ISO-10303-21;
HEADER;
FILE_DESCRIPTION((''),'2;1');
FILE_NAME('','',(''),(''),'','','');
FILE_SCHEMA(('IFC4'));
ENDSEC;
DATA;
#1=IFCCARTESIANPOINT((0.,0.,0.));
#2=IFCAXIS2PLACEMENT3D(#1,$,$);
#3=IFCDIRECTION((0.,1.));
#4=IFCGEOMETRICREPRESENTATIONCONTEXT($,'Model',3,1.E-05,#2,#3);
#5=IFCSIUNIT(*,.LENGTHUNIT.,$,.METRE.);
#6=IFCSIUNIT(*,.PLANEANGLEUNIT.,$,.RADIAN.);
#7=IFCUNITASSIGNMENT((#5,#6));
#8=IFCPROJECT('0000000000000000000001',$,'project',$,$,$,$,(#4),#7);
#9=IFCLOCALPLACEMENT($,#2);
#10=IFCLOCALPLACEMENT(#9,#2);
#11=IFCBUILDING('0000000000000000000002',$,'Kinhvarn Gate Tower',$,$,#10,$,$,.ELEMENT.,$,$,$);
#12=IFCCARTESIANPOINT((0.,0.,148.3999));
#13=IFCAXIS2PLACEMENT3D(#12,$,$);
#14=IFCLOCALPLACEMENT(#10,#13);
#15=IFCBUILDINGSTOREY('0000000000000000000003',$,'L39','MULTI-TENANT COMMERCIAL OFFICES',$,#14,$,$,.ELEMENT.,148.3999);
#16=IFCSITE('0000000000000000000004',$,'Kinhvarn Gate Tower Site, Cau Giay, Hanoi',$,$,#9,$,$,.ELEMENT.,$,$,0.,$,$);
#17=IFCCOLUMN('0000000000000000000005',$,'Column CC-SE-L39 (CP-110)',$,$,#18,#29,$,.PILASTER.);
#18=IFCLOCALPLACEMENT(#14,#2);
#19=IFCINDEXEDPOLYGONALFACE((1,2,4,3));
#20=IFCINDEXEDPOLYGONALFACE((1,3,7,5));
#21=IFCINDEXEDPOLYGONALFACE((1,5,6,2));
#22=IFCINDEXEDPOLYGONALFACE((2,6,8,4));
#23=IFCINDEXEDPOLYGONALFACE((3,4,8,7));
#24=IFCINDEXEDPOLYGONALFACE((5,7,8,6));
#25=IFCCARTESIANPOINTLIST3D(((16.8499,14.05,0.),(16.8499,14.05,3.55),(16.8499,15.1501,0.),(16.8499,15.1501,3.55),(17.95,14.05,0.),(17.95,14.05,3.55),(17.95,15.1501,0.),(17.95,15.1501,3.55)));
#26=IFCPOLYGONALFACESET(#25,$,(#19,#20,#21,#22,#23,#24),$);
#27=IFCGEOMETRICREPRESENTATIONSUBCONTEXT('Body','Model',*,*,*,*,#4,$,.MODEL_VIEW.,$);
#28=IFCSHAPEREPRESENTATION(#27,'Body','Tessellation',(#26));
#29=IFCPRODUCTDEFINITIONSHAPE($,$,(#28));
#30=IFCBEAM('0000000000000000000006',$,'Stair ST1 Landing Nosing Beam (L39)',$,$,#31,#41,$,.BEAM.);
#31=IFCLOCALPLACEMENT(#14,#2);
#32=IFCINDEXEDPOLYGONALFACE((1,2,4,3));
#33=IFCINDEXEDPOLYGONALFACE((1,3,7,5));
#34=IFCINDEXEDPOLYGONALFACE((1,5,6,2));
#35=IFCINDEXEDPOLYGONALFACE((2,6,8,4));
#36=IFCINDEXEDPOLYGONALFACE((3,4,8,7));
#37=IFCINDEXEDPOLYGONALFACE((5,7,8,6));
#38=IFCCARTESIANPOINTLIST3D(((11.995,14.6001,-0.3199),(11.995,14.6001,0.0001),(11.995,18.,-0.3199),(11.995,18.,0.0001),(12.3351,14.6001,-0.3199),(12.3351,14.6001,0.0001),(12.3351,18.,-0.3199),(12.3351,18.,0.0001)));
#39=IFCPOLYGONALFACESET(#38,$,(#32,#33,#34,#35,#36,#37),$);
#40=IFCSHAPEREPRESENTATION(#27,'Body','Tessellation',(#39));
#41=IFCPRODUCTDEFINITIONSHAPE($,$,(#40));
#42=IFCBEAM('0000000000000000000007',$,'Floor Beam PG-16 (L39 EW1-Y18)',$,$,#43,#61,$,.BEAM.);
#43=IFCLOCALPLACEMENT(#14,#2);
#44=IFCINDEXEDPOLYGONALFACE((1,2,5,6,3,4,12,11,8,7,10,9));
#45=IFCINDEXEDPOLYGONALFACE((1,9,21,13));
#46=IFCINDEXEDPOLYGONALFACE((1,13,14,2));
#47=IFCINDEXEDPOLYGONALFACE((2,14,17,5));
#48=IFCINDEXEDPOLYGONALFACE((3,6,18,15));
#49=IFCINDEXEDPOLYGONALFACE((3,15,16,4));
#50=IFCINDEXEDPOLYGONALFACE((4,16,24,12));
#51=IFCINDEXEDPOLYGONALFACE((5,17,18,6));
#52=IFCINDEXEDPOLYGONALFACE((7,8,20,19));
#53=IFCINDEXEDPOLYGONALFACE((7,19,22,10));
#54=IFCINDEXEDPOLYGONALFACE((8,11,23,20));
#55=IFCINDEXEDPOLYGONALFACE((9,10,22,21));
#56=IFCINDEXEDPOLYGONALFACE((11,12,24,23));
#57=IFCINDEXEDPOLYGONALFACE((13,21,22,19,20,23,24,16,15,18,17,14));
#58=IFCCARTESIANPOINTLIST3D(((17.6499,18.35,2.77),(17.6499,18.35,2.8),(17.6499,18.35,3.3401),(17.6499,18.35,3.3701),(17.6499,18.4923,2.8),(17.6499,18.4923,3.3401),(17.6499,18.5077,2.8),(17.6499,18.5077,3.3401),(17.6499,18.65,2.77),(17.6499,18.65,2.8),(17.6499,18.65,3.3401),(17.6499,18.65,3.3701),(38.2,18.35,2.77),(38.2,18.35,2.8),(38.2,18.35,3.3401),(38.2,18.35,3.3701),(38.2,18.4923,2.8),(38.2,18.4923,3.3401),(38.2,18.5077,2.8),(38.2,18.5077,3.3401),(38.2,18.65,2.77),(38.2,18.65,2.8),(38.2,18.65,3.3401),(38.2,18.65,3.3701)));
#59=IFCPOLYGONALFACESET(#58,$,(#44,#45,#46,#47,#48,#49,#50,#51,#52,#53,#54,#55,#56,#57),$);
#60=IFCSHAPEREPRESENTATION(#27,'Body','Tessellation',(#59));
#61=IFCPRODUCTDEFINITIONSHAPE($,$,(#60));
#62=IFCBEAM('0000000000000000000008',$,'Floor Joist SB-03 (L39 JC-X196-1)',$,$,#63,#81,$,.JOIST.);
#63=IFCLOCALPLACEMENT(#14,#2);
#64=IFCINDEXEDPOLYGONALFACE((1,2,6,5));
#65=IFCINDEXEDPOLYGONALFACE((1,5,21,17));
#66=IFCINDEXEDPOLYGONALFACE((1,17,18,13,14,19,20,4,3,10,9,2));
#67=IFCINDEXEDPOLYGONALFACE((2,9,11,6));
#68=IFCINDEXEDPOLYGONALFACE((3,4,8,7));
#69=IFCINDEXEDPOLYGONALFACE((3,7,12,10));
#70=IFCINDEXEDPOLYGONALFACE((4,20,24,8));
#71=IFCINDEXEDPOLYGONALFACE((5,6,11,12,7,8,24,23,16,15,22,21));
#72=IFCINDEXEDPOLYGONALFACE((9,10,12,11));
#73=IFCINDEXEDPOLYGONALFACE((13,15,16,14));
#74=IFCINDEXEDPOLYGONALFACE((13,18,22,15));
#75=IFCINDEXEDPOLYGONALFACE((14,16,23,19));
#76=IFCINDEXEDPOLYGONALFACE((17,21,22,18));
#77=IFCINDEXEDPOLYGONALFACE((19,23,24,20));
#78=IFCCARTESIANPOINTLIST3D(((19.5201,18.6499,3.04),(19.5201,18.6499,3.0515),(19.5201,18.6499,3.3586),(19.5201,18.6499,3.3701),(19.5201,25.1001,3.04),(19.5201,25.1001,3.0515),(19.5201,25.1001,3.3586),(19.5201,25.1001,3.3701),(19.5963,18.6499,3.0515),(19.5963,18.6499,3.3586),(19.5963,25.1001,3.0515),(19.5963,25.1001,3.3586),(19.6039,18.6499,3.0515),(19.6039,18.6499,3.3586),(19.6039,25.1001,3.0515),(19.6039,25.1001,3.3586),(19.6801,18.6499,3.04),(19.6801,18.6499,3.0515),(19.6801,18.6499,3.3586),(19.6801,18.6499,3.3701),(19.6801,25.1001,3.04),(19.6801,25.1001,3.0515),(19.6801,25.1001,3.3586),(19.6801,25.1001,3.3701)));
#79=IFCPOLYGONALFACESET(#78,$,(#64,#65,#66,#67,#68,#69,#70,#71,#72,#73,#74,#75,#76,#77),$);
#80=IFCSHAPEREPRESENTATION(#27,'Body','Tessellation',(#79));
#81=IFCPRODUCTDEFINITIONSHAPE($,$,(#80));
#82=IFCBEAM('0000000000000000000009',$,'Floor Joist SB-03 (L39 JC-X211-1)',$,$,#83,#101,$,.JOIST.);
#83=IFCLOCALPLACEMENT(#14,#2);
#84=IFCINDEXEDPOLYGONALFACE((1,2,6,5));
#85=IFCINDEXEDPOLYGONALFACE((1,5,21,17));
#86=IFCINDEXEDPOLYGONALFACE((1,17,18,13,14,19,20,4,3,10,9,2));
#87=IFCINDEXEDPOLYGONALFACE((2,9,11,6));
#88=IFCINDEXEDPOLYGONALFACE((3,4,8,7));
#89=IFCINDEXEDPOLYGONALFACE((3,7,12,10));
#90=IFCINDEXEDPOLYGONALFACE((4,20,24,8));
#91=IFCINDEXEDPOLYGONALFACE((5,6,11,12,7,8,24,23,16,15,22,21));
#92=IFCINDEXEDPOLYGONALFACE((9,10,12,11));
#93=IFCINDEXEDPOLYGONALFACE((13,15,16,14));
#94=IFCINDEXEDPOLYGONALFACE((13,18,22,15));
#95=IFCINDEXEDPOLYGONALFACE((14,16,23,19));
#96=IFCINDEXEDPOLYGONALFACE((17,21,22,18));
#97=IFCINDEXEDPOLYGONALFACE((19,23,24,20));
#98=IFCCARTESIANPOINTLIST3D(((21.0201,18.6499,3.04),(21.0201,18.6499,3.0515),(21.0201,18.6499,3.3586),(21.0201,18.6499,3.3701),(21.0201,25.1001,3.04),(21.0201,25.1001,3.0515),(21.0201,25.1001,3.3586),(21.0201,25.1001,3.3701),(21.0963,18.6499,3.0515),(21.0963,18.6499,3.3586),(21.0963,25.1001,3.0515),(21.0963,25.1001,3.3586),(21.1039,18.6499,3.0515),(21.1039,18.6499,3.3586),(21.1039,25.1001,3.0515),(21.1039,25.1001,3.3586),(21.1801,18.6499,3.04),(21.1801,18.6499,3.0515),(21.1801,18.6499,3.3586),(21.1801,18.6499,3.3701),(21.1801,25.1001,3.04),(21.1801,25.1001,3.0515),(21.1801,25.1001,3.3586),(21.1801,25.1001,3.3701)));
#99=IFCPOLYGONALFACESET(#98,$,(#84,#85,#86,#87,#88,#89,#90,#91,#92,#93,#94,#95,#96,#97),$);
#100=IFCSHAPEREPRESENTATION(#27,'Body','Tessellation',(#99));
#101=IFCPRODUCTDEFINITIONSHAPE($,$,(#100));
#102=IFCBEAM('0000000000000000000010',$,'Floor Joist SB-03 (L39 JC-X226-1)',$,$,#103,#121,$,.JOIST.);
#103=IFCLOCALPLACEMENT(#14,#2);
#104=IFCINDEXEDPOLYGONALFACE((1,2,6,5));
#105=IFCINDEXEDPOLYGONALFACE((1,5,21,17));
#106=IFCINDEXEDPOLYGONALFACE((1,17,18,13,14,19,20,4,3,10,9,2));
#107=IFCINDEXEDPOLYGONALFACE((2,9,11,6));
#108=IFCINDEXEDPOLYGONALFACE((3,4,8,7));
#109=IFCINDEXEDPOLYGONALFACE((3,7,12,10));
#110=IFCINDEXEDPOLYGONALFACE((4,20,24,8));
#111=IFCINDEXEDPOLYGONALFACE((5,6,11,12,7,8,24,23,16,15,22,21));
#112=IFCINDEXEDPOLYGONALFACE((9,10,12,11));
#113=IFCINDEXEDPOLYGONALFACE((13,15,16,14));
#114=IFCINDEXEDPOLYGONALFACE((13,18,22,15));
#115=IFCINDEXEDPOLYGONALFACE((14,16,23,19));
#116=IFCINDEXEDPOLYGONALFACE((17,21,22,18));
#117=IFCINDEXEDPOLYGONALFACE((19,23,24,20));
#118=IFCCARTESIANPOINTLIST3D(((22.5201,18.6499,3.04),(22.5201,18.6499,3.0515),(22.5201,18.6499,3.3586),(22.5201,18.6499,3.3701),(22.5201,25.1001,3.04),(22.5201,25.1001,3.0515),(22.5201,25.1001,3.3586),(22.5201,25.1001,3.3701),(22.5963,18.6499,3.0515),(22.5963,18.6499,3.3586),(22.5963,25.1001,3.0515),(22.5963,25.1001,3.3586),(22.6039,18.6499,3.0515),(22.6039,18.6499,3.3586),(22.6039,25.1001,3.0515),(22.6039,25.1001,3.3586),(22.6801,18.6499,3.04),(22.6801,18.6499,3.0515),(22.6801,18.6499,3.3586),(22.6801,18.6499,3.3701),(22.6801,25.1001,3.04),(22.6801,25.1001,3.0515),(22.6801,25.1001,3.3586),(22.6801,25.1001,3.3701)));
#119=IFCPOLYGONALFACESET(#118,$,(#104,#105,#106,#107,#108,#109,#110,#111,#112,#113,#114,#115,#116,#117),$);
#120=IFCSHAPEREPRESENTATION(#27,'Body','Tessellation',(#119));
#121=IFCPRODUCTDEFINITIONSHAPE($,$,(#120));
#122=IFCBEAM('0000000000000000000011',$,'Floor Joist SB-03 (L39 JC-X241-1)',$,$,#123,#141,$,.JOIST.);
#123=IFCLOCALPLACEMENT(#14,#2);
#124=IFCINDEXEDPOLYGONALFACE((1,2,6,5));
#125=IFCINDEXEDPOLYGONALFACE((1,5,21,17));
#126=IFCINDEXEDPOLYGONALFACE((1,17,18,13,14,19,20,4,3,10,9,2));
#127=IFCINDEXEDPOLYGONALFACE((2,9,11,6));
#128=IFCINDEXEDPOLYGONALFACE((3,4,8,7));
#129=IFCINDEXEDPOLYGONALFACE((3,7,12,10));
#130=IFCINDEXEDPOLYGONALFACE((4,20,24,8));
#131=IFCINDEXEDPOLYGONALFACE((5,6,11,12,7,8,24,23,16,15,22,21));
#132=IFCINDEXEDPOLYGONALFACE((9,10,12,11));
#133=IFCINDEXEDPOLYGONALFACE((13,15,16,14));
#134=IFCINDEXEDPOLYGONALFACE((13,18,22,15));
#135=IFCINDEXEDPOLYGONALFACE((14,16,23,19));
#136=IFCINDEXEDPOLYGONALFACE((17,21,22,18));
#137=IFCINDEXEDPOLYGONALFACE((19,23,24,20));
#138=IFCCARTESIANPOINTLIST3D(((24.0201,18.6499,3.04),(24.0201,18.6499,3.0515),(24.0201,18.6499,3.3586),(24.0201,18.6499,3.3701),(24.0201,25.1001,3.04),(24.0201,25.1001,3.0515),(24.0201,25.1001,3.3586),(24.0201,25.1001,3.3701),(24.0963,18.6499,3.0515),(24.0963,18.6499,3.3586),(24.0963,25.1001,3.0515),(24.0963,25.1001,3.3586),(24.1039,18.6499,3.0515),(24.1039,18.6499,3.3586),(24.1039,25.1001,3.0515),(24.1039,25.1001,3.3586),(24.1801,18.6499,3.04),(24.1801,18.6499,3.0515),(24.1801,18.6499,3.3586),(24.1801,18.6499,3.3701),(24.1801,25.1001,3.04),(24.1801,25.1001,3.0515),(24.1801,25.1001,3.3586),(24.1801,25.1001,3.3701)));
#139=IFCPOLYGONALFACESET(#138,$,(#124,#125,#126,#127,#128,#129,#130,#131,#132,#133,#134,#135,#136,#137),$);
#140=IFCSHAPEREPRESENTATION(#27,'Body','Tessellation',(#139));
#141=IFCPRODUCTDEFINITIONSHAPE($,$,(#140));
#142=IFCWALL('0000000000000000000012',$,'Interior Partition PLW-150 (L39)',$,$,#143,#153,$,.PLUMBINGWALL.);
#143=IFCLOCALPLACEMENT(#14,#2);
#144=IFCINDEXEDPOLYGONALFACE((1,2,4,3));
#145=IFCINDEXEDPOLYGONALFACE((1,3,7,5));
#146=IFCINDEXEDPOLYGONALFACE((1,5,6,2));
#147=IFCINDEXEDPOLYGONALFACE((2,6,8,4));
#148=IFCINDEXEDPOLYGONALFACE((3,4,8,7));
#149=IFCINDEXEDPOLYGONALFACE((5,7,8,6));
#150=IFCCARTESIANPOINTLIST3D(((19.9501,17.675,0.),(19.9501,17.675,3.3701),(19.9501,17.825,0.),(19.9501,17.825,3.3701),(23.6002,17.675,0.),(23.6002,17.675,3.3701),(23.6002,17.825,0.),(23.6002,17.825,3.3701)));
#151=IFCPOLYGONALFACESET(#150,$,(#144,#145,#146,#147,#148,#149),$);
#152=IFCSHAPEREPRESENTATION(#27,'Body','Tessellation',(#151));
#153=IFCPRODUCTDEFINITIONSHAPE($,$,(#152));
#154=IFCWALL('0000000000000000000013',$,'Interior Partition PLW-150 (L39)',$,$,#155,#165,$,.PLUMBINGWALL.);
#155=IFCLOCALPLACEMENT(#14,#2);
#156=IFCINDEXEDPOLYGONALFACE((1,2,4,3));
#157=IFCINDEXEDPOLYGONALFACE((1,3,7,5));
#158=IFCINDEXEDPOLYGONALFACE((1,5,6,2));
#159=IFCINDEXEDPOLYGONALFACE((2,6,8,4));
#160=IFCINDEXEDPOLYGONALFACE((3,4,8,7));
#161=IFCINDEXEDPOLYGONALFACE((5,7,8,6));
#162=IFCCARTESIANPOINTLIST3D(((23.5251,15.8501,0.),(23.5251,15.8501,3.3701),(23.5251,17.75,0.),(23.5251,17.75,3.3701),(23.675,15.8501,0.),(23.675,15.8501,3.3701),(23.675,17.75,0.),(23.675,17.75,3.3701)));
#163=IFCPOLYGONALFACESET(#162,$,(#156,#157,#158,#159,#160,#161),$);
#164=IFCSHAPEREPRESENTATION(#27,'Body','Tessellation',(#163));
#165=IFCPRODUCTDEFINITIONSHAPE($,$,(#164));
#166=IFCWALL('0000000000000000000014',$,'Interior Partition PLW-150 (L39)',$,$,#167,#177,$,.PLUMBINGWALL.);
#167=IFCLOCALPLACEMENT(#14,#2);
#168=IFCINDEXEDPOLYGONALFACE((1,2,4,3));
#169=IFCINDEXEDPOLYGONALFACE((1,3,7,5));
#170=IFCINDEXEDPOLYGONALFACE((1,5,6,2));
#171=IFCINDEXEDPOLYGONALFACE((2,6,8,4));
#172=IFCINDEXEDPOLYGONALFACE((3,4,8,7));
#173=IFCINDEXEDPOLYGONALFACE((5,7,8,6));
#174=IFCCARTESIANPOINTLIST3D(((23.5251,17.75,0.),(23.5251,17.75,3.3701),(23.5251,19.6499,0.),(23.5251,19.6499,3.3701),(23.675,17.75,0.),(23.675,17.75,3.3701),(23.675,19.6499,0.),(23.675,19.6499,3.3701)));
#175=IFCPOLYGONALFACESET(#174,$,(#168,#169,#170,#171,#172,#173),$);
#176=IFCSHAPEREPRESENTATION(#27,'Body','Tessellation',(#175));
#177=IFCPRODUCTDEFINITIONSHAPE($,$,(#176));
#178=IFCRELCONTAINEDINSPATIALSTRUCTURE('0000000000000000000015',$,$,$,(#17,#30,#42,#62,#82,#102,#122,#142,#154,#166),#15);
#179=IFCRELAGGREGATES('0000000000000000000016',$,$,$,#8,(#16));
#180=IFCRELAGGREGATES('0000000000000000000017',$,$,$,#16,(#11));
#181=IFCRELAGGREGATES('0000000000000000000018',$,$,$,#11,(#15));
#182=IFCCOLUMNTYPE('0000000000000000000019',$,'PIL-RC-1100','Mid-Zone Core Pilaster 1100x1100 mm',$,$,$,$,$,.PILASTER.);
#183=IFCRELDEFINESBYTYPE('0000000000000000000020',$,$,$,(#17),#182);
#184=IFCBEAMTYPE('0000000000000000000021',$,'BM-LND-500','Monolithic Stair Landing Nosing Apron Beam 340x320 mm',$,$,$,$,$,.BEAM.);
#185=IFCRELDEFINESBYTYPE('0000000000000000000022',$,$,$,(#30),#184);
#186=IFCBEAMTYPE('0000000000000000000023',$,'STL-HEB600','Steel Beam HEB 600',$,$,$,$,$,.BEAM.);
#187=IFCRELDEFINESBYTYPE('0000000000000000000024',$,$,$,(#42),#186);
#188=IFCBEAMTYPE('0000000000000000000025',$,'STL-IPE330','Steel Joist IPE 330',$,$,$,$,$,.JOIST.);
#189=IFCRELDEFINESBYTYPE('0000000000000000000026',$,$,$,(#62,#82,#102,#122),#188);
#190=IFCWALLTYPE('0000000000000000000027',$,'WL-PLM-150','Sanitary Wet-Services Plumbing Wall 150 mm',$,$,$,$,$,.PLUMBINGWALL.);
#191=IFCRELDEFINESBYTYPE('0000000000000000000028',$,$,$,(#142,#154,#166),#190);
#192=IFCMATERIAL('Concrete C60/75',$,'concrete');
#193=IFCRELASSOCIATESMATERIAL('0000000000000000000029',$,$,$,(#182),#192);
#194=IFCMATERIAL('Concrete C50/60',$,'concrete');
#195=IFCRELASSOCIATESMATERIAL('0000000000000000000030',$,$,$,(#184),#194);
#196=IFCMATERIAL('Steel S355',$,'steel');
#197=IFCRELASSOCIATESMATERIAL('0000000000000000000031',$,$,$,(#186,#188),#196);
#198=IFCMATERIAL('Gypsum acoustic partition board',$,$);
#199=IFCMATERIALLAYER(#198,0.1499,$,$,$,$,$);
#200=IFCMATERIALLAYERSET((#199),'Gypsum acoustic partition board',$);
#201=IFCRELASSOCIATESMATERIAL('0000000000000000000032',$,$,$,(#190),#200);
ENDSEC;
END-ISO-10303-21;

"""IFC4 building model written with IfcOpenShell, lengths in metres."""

from ifc_helpers import new_model, si_unit, direction, frame, frame_2d, origin, origin_2d, place, context, subcontext, project, spatial, rectangle, i_section, extrude, material, layer, layer_set, material_profile, profile_set, type_object, element, save


model = new_model("IFC4")

# Units and contexts
model_context = context("Model", 3, precision=1e-05, world=origin(), true_north=direction((0.0, 1.0)))
body_context = subcontext(model_context, "Body", "Model", "MODEL_VIEW")
ifc_project = project(units=[si_unit("LENGTHUNIT", "METRE"), si_unit("PLANEANGLEUNIT", "RADIAN")], contexts=[model_context])

# Site, building, storey
site_placement = place(None, origin())
site = spatial("IfcSite", under=ifc_project, at=site_placement, Name="Kinhvarn Gate Tower Site, Cau Giay, Hanoi", CompositionType="ELEMENT", RefElevation=0.0)
building_placement = place(site_placement, origin())
building = spatial("IfcBuilding", under=site, at=building_placement, Name="Kinhvarn Gate Tower", CompositionType="ELEMENT")
storey_placement = place(building_placement, frame((0.0, 0.0, 148.3999)))
storey = spatial("IfcBuildingStorey", under=building, at=storey_placement, Name="L39", Description="MULTI-TENANT COMMERCIAL OFFICES", CompositionType="ELEMENT", Elevation=148.3999)

# Column
ifc_material_1 = material(Name="Concrete C60/75", Category="concrete")
ifc_material_profile_1 = material_profile(ifc_material_1, rectangle(XDim=1.1001, YDim=1.1001, at=origin_2d()), Name="RC 1100x1100")
ifc_profile_set_1 = profile_set([ifc_material_profile_1], Name="Concrete C60/75")
column_type = type_object("IfcColumnType", Name="PIL-RC-1100", Description="Mid-Zone Core Pilaster 1100x1100 mm", PredefinedType="PILASTER", material=ifc_profile_set_1)
column_placement = place(storey_placement, frame((17.3999, 14.6001, 0.0), z_axis=(0.0, 0.0, 1.0), x_axis=(1.0, 0.0, 0.0)))
element("IfcColumn", 1, at=column_placement, inside=storey, type_object=column_type, Name="Column CC-SE-L39 (CP-110)", PredefinedType="PILASTER", context=body_context, shape_type="SweptSolid", body=[
    extrude(rectangle(XDim=1.1001, YDim=1.1001, at=origin_2d()), origin(), (0.0, 0.0, 1.0), 3.55),
])

# Beams
ifc_material_2 = material(Name="Concrete C50/60", Category="concrete")
ifc_material_profile_2 = material_profile(ifc_material_2, rectangle(XDim=0.3401, YDim=0.3201, at=origin_2d()), Name="RC 340x320")
ifc_profile_set_2 = profile_set([ifc_material_profile_2], Name="Concrete C50/60")
beam_type_1 = type_object("IfcBeamType", Name="BM-LND-500", Description="Monolithic Stair Landing Nosing Apron Beam 340x320 mm", PredefinedType="BEAM", material=ifc_profile_set_2)
beam_1_placement = place(storey_placement, frame((12.165, 14.6001, -0.1599), z_axis=(0.0, 1.0, 0.0), x_axis=(-1.0, 0.0, 0.0)))
element("IfcBeam", 2, at=beam_1_placement, inside=storey, type_object=beam_type_1, Name="Stair ST1 Landing Nosing Beam (L39)", PredefinedType="BEAM", context=body_context, shape_type="SweptSolid", body=[
    extrude(rectangle(XDim=0.3401, YDim=0.3201, at=origin_2d()), origin(), (0.0, 0.0, 1.0), 3.3999),
])
ifc_material_3 = material(Name="Steel S355", Category="steel")
ifc_material_profile_3 = material_profile(ifc_material_3, i_section(OverallWidth=0.3, OverallDepth=0.6001, WebThickness=0.0154, FlangeThickness=0.03, at=origin_2d()), Name="HEB 600")
ifc_profile_set_3 = profile_set([ifc_material_profile_3], Name="Steel S355")
beam_type_2 = type_object("IfcBeamType", Name="STL-HEB600", Description="Steel Beam HEB 600", PredefinedType="BEAM", material=ifc_profile_set_3)
beam_2_placement = place(storey_placement, frame((17.6499, 18.5, 3.0701), z_axis=(1.0, 0.0, 0.0), x_axis=(0.0, 1.0, 0.0)))
element("IfcBeam", 3, at=beam_2_placement, inside=storey, type_object=beam_type_2, Name="Floor Beam PG-16 (L39 EW1-Y18)", PredefinedType="BEAM", context=body_context, shape_type="SweptSolid", body=[
    extrude(i_section(OverallWidth=0.3, OverallDepth=0.6001, WebThickness=0.0154, FlangeThickness=0.03, at=origin_2d()), origin(), (0.0, 0.0, 1.0), 20.55),
])
ifc_material_profile_4 = material_profile(ifc_material_3, i_section(OverallWidth=0.1599, OverallDepth=0.3301, WebThickness=0.0076, FlangeThickness=0.0115, at=origin_2d()), Name="IPE 330")
ifc_profile_set_4 = profile_set([ifc_material_profile_4], Name="Steel S355")
beam_type_3 = type_object("IfcBeamType", Name="STL-IPE330", Description="Steel Joist IPE 330", PredefinedType="JOIST", material=ifc_profile_set_4)
for number, where, z_axis, x_axis, name in (
    (4, (19.6001, 18.6499, 3.2051), (0.0, 1.0, 0.0), (-1.0, 0.0, 0.0), "Floor Joist SB-03 (L39 JC-X196-1)"),
    (5, (21.1001, 18.6499, 3.2051), (0.0, 1.0, 0.0), (-1.0, 0.0, 0.0), "Floor Joist SB-03 (L39 JC-X211-1)"),
    (6, (22.6001, 18.6499, 3.2051), (0.0, 1.0, 0.0), (-1.0, 0.0, 0.0), "Floor Joist SB-03 (L39 JC-X226-1)"),
    (7, (24.1001, 18.6499, 3.2051), (0.0, 1.0, 0.0), (-1.0, 0.0, 0.0), "Floor Joist SB-03 (L39 JC-X241-1)"),
):
    element("IfcBeam", number, at=place(storey_placement, frame(where, z_axis=z_axis, x_axis=x_axis)), inside=storey, type_object=beam_type_3, Name=name, PredefinedType="JOIST", context=body_context, shape_type="SweptSolid", body=[
        extrude(i_section(OverallWidth=0.1599, OverallDepth=0.3301, WebThickness=0.0076, FlangeThickness=0.0115, at=origin_2d()), origin(), (0.0, 0.0, 1.0), 6.4502),
    ])

# Walls
ifc_material_4 = material(Name="Gypsum acoustic partition board")
ifc_layer_1 = layer(ifc_material_4, 0.1499)
ifc_layer_set_1 = layer_set([ifc_layer_1], Name="Gypsum acoustic partition board")
wall_type_1 = type_object("IfcWallType", Name="WL-PLM-150", Description="Sanitary Wet-Services Plumbing Wall 150 mm", PredefinedType="PLUMBINGWALL", material=ifc_layer_set_1)
wall_1_placement = place(storey_placement, frame((19.95, 17.75, 0.0), z_axis=(0.0, 0.0, 1.0), x_axis=(1.0, 0.0, 0.0)))
element("IfcWall", 8, at=wall_1_placement, inside=storey, type_object=wall_type_1, Name="Interior Partition PLW-150 (L39)", PredefinedType="PLUMBINGWALL", context=body_context, shape_type="SweptSolid", body=[
    extrude(rectangle(XDim=3.6501, YDim=0.1499, at=frame_2d((1.8252, 0.0))), origin(), (0.0, 0.0, 1.0), 3.3701),
])
for number, where, z_axis, x_axis, name in (
    (9, (23.6001, 15.8501, 0.0), (0.0, 0.0, 1.0), (0.0, 1.0, 0.0), "Interior Partition PLW-150 (L39)"),
    (10, (23.6001, 17.75, 0.0), (0.0, 0.0, 1.0), (0.0, 1.0, 0.0), "Interior Partition PLW-150 (L39)"),
):
    element("IfcWall", number, at=place(storey_placement, frame(where, z_axis=z_axis, x_axis=x_axis)), inside=storey, type_object=wall_type_1, Name=name, PredefinedType="PLUMBINGWALL", context=body_context, shape_type="SweptSolid", body=[
        extrude(rectangle(XDim=1.8999, YDim=0.1499, at=frame_2d((0.95, 0.0))), origin(), (0.0, 0.0, 1.0), 3.3701),
    ])

save(model, "model.ifc")
